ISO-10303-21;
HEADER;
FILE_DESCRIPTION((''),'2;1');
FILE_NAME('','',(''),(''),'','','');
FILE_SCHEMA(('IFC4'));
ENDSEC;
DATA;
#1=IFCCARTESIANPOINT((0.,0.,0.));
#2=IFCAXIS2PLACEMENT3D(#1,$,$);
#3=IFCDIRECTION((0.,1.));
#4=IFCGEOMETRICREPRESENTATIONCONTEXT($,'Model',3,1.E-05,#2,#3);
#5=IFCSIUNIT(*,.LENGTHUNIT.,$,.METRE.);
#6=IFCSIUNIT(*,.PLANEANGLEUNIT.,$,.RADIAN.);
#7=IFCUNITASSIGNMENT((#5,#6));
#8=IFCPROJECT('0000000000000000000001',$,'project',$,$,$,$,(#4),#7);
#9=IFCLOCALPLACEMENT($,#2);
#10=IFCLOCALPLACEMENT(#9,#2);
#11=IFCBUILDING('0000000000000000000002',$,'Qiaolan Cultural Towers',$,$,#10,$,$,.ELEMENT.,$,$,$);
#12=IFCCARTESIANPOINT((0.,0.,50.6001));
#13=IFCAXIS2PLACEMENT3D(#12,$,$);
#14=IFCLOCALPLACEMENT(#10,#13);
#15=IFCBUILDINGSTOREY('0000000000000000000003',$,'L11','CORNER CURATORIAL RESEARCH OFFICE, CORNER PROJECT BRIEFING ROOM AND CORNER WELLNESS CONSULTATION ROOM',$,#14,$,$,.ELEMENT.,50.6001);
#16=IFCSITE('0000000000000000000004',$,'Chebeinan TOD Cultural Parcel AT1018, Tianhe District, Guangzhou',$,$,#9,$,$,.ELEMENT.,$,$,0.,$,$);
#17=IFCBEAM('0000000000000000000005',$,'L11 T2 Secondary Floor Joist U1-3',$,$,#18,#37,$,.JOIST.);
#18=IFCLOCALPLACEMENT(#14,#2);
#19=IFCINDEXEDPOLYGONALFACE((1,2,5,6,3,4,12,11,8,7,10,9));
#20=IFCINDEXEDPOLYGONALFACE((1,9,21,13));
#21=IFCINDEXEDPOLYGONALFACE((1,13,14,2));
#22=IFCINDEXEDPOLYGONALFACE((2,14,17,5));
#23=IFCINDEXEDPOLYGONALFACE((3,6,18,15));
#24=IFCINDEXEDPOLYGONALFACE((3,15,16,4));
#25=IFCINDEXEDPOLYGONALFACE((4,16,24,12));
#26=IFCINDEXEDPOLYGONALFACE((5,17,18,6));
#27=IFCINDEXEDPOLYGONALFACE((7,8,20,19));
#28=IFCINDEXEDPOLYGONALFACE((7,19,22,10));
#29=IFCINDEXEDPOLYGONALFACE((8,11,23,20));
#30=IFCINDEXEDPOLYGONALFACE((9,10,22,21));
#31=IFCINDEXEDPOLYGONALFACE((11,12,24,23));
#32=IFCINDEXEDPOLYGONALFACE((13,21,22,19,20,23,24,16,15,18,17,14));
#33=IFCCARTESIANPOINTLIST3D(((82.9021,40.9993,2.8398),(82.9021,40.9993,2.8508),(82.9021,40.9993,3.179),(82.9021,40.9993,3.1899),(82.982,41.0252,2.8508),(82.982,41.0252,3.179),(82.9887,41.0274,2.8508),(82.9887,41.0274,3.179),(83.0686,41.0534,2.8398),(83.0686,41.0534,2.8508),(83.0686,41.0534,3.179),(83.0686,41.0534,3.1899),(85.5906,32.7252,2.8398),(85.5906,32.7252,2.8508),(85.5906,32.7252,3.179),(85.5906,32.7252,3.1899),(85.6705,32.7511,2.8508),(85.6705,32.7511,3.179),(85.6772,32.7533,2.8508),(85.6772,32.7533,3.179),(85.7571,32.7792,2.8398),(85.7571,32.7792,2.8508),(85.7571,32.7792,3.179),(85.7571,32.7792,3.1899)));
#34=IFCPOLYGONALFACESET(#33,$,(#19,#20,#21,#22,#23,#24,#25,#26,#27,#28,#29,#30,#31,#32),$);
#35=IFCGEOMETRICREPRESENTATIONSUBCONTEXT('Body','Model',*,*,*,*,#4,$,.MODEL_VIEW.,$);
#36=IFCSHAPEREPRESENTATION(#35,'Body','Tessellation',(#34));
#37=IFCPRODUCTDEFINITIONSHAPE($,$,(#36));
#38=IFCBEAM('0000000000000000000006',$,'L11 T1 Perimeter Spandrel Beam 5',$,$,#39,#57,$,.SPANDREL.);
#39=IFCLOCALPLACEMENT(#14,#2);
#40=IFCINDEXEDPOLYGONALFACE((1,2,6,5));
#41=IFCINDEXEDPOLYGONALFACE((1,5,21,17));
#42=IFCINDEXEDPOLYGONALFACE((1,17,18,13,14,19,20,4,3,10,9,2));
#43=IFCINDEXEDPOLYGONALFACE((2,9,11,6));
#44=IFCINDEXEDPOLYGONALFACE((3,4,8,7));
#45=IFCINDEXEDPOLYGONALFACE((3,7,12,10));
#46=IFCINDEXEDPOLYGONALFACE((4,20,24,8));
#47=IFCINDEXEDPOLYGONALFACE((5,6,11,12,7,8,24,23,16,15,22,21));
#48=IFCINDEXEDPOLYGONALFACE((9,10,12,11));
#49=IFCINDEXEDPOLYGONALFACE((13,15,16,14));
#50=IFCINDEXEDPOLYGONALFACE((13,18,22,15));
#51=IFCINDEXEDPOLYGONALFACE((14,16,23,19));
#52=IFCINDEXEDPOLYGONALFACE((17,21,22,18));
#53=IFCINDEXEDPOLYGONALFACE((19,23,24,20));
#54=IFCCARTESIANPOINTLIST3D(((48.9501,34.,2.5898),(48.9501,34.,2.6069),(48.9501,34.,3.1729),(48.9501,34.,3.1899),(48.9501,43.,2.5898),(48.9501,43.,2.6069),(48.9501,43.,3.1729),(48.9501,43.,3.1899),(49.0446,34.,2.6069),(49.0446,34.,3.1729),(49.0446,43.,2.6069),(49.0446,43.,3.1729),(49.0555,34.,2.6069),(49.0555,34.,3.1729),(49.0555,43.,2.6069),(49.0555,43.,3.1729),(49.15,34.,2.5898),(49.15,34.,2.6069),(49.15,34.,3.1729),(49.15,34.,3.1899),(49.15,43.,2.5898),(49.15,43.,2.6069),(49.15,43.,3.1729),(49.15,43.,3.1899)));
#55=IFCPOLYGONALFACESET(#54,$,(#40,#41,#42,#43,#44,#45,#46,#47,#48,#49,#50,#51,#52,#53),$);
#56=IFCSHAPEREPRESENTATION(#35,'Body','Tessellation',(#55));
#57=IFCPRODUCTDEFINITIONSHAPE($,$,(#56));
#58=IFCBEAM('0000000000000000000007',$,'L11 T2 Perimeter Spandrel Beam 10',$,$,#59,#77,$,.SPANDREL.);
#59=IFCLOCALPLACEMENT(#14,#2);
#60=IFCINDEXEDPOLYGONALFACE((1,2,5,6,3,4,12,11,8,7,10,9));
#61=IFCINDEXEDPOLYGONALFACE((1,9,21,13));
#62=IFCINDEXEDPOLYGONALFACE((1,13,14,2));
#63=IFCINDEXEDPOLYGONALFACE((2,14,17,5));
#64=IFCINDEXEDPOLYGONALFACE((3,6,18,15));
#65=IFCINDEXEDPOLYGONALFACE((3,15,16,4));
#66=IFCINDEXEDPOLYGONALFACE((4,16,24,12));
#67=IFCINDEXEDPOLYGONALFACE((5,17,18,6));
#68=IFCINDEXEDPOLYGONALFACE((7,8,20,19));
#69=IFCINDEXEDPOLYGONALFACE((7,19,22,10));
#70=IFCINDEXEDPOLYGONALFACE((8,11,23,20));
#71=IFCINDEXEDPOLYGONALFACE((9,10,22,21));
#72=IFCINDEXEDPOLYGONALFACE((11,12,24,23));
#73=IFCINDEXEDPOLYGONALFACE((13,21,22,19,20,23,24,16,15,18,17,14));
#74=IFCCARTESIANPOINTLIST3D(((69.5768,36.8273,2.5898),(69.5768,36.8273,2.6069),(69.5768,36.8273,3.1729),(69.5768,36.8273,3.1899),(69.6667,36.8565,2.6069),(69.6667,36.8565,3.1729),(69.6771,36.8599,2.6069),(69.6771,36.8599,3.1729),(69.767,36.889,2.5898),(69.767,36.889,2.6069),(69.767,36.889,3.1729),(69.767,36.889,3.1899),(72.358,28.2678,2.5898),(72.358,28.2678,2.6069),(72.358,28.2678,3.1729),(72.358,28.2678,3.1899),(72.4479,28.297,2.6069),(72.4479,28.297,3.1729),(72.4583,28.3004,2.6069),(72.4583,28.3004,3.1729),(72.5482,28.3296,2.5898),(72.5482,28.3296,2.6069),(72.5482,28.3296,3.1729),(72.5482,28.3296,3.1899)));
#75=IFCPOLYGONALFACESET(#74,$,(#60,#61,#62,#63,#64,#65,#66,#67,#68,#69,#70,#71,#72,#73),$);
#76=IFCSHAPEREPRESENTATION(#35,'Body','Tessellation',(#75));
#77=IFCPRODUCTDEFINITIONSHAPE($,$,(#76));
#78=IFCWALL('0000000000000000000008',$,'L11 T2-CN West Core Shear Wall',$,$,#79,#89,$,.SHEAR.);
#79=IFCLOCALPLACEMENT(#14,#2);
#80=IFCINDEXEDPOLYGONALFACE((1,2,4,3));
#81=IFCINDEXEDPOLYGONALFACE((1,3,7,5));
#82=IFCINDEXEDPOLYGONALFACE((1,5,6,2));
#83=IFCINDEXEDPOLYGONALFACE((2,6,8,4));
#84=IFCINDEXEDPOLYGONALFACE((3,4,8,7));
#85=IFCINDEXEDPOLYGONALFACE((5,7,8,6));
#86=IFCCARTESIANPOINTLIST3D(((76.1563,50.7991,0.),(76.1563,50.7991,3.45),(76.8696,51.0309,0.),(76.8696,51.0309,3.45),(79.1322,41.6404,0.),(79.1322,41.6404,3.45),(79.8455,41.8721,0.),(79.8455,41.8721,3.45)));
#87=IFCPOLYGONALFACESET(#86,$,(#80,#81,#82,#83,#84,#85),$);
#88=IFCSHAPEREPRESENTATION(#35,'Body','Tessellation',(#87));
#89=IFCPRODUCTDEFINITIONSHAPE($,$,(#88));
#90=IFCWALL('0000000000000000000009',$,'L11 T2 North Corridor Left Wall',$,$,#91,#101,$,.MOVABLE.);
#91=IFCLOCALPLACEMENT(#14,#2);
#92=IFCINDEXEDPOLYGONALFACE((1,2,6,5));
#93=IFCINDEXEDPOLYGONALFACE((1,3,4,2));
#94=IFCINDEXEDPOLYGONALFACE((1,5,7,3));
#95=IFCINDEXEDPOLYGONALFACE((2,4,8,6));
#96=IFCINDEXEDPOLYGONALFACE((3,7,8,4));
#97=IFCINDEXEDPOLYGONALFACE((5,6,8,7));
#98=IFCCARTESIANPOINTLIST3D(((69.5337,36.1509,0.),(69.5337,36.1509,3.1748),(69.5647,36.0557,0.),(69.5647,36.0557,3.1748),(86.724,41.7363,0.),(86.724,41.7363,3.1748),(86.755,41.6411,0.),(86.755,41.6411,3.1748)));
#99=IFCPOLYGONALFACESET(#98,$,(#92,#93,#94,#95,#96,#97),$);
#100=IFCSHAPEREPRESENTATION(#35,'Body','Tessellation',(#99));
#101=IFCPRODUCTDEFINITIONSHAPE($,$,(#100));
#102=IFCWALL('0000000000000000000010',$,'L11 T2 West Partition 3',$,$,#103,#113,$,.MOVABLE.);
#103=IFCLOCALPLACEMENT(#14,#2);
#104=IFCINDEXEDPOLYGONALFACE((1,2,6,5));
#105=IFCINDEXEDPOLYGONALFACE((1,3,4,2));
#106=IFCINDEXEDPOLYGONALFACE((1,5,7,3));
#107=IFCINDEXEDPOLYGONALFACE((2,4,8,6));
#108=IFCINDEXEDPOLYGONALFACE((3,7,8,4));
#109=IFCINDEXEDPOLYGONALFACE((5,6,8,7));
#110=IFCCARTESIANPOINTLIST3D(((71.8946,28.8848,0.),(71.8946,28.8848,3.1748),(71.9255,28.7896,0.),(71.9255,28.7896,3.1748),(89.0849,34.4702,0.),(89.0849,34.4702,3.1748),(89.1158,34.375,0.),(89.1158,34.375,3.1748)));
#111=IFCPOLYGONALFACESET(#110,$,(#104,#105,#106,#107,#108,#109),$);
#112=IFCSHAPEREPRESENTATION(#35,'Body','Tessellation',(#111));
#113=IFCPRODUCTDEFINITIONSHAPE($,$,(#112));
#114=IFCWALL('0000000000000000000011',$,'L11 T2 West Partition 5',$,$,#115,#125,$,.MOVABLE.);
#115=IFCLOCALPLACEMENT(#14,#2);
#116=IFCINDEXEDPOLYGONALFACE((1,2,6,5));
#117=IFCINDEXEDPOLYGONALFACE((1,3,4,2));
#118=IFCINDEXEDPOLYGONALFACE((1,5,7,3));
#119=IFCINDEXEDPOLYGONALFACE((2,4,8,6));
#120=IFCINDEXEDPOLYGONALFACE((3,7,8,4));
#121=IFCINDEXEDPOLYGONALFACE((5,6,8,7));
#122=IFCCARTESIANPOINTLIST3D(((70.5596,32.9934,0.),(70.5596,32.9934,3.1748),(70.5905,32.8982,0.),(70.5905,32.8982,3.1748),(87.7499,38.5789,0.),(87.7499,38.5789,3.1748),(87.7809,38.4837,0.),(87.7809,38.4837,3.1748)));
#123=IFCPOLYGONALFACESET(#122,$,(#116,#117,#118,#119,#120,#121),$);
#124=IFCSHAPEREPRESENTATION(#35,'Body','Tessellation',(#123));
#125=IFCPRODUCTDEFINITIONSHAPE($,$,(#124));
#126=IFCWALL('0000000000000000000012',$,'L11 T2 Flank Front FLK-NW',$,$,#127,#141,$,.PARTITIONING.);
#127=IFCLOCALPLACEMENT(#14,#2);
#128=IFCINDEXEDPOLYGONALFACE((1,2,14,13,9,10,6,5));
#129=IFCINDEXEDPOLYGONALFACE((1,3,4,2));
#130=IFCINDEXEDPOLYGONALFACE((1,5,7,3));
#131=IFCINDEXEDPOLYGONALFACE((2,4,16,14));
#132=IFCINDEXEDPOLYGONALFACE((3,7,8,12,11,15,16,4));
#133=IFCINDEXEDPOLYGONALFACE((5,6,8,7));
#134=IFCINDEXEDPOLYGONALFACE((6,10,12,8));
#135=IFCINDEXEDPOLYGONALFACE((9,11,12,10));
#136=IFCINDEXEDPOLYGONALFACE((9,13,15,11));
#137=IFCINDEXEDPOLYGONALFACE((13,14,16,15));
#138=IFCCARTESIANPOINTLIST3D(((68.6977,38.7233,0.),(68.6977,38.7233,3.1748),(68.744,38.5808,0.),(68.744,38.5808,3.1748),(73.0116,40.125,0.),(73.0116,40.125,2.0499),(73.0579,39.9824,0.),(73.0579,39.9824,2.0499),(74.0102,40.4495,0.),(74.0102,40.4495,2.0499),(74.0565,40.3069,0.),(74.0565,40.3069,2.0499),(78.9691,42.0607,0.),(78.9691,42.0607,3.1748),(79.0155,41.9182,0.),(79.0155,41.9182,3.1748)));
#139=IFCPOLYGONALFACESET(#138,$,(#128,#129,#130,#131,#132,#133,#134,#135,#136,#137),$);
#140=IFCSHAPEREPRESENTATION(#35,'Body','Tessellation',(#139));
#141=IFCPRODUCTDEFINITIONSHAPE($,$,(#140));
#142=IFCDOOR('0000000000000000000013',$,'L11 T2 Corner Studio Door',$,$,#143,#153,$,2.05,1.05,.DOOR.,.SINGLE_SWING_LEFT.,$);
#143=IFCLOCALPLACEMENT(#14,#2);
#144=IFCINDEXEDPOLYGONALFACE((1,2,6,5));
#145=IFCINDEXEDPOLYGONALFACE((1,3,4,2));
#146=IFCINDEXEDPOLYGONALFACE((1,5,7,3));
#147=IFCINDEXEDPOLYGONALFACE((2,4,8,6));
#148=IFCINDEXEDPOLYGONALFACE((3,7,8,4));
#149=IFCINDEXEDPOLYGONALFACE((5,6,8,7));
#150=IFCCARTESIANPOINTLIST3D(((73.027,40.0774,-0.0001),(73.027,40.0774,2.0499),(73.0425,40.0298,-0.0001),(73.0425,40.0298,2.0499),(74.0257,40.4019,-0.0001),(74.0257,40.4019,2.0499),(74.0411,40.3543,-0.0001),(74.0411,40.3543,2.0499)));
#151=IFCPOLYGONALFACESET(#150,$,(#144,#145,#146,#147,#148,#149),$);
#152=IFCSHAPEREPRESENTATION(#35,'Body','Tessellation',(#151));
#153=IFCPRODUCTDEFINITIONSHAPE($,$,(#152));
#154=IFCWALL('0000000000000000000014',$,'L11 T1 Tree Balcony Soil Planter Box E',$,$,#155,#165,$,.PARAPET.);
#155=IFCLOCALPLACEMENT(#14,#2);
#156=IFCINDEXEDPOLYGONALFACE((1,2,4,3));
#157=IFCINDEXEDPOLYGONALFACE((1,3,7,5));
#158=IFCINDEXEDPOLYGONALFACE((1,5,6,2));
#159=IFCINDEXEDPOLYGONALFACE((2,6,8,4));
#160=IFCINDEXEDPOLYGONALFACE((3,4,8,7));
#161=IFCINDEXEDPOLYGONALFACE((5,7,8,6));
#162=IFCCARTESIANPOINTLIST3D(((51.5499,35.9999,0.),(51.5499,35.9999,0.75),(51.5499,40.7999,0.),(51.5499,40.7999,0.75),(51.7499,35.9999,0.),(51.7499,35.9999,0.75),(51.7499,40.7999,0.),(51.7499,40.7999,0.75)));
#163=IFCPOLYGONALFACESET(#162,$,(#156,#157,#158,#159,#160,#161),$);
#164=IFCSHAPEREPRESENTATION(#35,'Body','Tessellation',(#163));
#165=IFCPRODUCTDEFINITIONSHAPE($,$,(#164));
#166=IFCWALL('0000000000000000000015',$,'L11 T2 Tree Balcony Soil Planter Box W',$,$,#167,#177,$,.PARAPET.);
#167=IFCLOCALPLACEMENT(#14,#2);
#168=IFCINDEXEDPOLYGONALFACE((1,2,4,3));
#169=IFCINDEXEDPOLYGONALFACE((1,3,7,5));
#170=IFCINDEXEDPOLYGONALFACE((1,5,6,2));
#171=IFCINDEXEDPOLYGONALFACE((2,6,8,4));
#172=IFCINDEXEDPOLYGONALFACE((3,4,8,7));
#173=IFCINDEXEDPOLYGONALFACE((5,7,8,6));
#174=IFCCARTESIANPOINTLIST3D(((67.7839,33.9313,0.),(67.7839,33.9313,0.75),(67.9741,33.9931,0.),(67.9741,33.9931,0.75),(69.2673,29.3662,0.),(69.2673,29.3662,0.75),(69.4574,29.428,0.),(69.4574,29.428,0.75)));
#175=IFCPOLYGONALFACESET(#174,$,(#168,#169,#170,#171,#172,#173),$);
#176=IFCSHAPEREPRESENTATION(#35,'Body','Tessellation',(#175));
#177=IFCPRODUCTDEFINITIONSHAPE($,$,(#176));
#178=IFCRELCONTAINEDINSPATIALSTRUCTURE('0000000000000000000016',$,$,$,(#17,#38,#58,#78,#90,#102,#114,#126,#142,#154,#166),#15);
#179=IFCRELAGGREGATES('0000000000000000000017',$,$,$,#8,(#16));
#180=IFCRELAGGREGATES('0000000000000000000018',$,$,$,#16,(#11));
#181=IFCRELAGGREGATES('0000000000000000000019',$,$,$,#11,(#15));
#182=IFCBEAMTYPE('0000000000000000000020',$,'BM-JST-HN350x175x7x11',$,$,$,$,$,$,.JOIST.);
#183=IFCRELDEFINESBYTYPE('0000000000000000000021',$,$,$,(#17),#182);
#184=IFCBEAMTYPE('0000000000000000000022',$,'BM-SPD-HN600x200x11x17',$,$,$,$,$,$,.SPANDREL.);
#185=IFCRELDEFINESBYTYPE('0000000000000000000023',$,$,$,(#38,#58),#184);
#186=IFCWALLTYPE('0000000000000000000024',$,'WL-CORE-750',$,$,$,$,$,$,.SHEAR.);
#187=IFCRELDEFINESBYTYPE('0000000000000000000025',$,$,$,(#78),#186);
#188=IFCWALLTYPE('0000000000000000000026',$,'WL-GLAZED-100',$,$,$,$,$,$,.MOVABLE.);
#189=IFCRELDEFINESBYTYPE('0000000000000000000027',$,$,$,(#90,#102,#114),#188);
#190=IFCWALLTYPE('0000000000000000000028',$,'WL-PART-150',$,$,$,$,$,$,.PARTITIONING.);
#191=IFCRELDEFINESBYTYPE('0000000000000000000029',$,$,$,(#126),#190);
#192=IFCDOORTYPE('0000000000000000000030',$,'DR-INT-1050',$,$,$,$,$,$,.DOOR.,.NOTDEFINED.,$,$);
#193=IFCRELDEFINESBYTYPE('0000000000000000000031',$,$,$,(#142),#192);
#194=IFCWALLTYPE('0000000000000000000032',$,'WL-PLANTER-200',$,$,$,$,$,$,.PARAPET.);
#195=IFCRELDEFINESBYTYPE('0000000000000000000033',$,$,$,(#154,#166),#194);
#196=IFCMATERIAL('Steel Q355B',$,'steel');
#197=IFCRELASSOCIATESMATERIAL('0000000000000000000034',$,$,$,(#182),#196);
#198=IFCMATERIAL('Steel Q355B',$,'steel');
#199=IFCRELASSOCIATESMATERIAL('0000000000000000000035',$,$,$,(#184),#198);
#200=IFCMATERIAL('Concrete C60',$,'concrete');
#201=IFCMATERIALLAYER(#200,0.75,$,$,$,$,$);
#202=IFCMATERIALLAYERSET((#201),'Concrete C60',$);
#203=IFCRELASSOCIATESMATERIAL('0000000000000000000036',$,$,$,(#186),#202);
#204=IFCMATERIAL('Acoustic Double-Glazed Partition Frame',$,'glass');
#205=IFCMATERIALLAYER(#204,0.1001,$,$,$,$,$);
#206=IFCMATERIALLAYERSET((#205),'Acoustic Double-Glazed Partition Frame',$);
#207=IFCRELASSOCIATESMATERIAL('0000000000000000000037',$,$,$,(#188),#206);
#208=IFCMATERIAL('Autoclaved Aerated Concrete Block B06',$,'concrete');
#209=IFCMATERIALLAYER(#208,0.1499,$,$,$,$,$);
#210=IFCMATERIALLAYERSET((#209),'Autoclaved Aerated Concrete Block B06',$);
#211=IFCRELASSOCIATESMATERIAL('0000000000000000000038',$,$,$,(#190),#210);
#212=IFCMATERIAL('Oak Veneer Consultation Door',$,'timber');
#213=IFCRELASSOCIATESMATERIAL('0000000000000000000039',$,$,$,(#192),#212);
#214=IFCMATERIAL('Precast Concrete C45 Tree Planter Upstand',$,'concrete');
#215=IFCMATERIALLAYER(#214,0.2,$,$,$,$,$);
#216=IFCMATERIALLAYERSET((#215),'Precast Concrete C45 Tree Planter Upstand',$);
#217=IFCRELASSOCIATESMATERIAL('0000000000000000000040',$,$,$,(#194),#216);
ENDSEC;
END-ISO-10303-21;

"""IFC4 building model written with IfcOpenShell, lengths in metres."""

from ifc_helpers import new_model, si_unit, direction, frame, frame_2d, origin, origin_2d, place, context, subcontext, project, spatial, rectangle, i_section, extrude, material, layer, layer_set, material_profile, profile_set, type_object, element, fill, save


model = new_model("IFC4")

# Units and contexts
model_context = context("Model", 3, precision=1e-05, world=origin(), true_north=direction((0.0, 1.0)))
body_context = subcontext(model_context, "Body", "Model", "MODEL_VIEW")
ifc_project = project(units=[si_unit("LENGTHUNIT", "METRE"), si_unit("PLANEANGLEUNIT", "RADIAN")], contexts=[model_context])

# Site, building, storey
site_placement = place(None, origin())
site = spatial("IfcSite", under=ifc_project, at=site_placement, Name="Chebeinan TOD Cultural Parcel AT1018, Tianhe District, Guangzhou", CompositionType="ELEMENT", RefElevation=0.0)
building_placement = place(site_placement, origin())
building = spatial("IfcBuilding", under=site, at=building_placement, Name="Qiaolan Cultural Towers", CompositionType="ELEMENT")
storey_placement = place(building_placement, frame((0.0, 0.0, 50.6001)))
storey = spatial("IfcBuildingStorey", under=building, at=storey_placement, Name="L11", Description="CORNER CURATORIAL RESEARCH OFFICE, CORNER PROJECT BRIEFING ROOM AND CORNER WELLNESS CONSULTATION ROOM", CompositionType="ELEMENT", Elevation=50.6001)

# Beams
ifc_material_1 = material(Name="Steel Q355B", Category="steel")
ifc_material_profile_1 = material_profile(ifc_material_1, i_section(OverallWidth=0.175, OverallDepth=0.3501, WebThickness=0.0071, FlangeThickness=0.011, at=origin_2d()), Name="HN350x175x7x11")
ifc_profile_set_1 = profile_set([ifc_material_profile_1], Name="Steel Q355B")
beam_type_1 = type_object("IfcBeamType", Name="BM-JST-HN350x175x7x11", PredefinedType="JOIST", material=ifc_profile_set_1)
beam_1_placement = place(storey_placement, frame((85.6738, 32.7522, 3.0149), z_axis=(-0.309021, 0.951055, 0.0), x_axis=(-0.951055, -0.309021, 0.0)))
element("IfcBeam", 1, at=beam_1_placement, inside=storey, type_object=beam_type_1, Name="L11 T2 Secondary Floor Joist U1-3", PredefinedType="JOIST", context=body_context, shape_type="SweptSolid", body=[
    extrude(i_section(OverallWidth=0.175, OverallDepth=0.3501, WebThickness=0.0071, FlangeThickness=0.011, at=origin_2d()), origin(), (0.0, 0.0, 1.0), 8.7),
])
ifc_material_2 = material(Name="Steel Q355B", Category="steel")
ifc_material_profile_2 = material_profile(ifc_material_2, i_section(OverallWidth=0.2, OverallDepth=0.6001, WebThickness=0.011, FlangeThickness=0.0171, at=origin_2d()), Name="HN600x200x11x17")
ifc_profile_set_2 = profile_set([ifc_material_profile_2], Name="Steel Q355B")
beam_type_2 = type_object("IfcBeamType", Name="BM-SPD-HN600x200x11x17", PredefinedType="SPANDREL", material=ifc_profile_set_2)
for number, where, z_axis, x_axis, name in (
    (2, (49.05, 34.0, 2.8899), (0.0, 1.0, 0.0), (-1.0, 0.0, 0.0), "L11 T1 Perimeter Spandrel Beam 5"),
    (3, (69.6719, 36.8582, 2.8899), (0.309025, -0.951054, 0.0), (0.951054, 0.309025, 0.0), "L11 T2 Perimeter Spandrel Beam 10"),
):
    element("IfcBeam", number, at=place(storey_placement, frame(where, z_axis=z_axis, x_axis=x_axis)), inside=storey, type_object=beam_type_2, Name=name, PredefinedType="SPANDREL", context=body_context, shape_type="SweptSolid", body=[
        extrude(i_section(OverallWidth=0.2, OverallDepth=0.6001, WebThickness=0.011, FlangeThickness=0.0171, at=origin_2d()), origin(), (0.0, 0.0, 1.0), 9.0),
    ])

# Walls
ifc_material_3 = material(Name="Concrete C60", Category="concrete")
ifc_layer_1 = layer(ifc_material_3, 0.75)
ifc_layer_set_1 = layer_set([ifc_layer_1], Name="Concrete C60")
wall_type_1 = type_object("IfcWallType", Name="WL-CORE-750", PredefinedType="SHEAR", material=ifc_layer_set_1)
wall_1_placement = place(storey_placement, frame((79.4888, 41.7563, 0.0), z_axis=(0.0, 0.0, 1.0), x_axis=(-0.309016, 0.951057, 0.0)))
element("IfcWall", 4, at=wall_1_placement, inside=storey, type_object=wall_type_1, Name="L11 T2-CN West Core Shear Wall", PredefinedType="SHEAR", context=body_context, shape_type="SweptSolid", body=[
    extrude(rectangle(XDim=9.6301, YDim=0.75, at=frame_2d((4.8149, 0.0))), origin(), (0.0, 0.0, 1.0), 3.45),
])
ifc_material_4 = material(Name="Acoustic Double-Glazed Partition Frame", Category="glass")
ifc_layer_2 = layer(ifc_material_4, 0.1001)
ifc_layer_set_2 = layer_set([ifc_layer_2], Name="Acoustic Double-Glazed Partition Frame")
wall_type_2 = type_object("IfcWallType", Name="WL-GLAZED-100", PredefinedType="MOVABLE", material=ifc_layer_set_2)
for number, where, z_axis, x_axis, name in (
    (5, (69.5491, 36.1033, 0.0), (0.0, 0.0, 1.0), (0.951057, 0.309014, 0.0), "L11 T2 North Corridor Left Wall"),
    (6, (71.9099, 28.8372, 0.0), (0.0, 0.0, 1.0), (0.951057, 0.309014, 0.0), "L11 T2 West Partition 3"),
    (7, (70.575, 32.9458, 0.0), (0.0, 0.0, 1.0), (0.951057, 0.309014, 0.0), "L11 T2 West Partition 5"),
):
    element("IfcWall", number, at=place(storey_placement, frame(where, z_axis=z_axis, x_axis=x_axis)), inside=storey, type_object=wall_type_2, Name=name, PredefinedType="MOVABLE", context=body_context, shape_type="SweptSolid", body=[
        extrude(rectangle(XDim=18.075, YDim=0.1001, at=frame_2d((9.0376, 0.0))), origin(), (0.0, 0.0, 1.0), 3.1748),
    ])

# Wall, opening, door
ifc_material_5 = material(Name="Autoclaved Aerated Concrete Block B06", Category="concrete")
ifc_layer_3 = layer(ifc_material_5, 0.1499)
ifc_layer_set_3 = layer_set([ifc_layer_3], Name="Autoclaved Aerated Concrete Block B06")
wall_type_3 = type_object("IfcWallType", Name="WL-PART-150", PredefinedType="PARTITIONING", material=ifc_layer_set_3)
wall_2_placement = place(storey_placement, frame((68.7209, 38.6521, 0.0), z_axis=(0.0, 0.0, 1.0), x_axis=(0.951057, 0.309017, 0.0)))
wall_2 = element("IfcWall", 8, at=wall_2_placement, inside=storey, type_object=wall_type_3, Name="L11 T2 Flank Front FLK-NW", PredefinedType="PARTITIONING", context=body_context, shape_type="SweptSolid", body=[
    extrude(rectangle(XDim=10.8, YDim=0.1499, at=frame_2d((5.3999, 0.0))), origin(), (0.0, 0.0, 1.0), 3.1748),
])
opening_placement = place(wall_2_placement, frame((4.5359, 0.0, 0.0)))
opening = element("IfcOpeningElement", 9, at=opening_placement, cuts=wall_2, PredefinedType="OPENING", context=body_context, shape_type="SweptSolid", body=[
    extrude(rectangle(XDim=1.05, YDim=2.05, at=frame_2d((0.5249, 1.0249))), frame((0.0, 0.085, 0.0), z_axis=(0.0, -1.0, 0.0), x_axis=(1.0, 0.0, 0.0)), (0.0, 0.0, 1.0), 0.1699),
])
ifc_material_6 = material(Name="Oak Veneer Consultation Door", Category="timber")
door_type = type_object("IfcDoorType", Name="DR-INT-1050", OperationType="NOTDEFINED", PredefinedType="DOOR", material=ifc_material_6)
door_placement = place(opening_placement, origin())
door = element("IfcDoor", 10, at=door_placement, inside=storey, type_object=door_type, Name="L11 T2 Corner Studio Door", OperationType="SINGLE_SWING_LEFT", OverallHeight=2.05, OverallWidth=1.05, PredefinedType="DOOR", context=body_context, shape_type="SweptSolid", body=[
    extrude(rectangle(XDim=1.05, YDim=2.05, at=frame_2d((0.5249, 1.0249))), frame((0.0, 0.0249, 0.0), z_axis=(0.0, -1.0, 0.0), x_axis=(1.0, 0.0, 0.0)), (0.0, 0.0, 1.0), 0.05),
])
fill(opening, door)

# Walls
ifc_material_7 = material(Name="Precast Concrete C45 Tree Planter Upstand", Category="concrete")
ifc_layer_4 = layer(ifc_material_7, 0.2)
ifc_layer_set_4 = layer_set([ifc_layer_4], Name="Precast Concrete C45 Tree Planter Upstand")
wall_type_4 = type_object("IfcWallType", Name="WL-PLANTER-200", PredefinedType="PARAPET", material=ifc_layer_set_4)
for number, where, z_axis, x_axis, name in (
    (11, (51.6499, 36.0, 0.0), (0.0, 0.0, 1.0), (0.0, 1.0, 0.0), "L11 T1 Tree Balcony Soil Planter Box E"),
    (12, (69.3623, 29.3972, 0.0), (0.0, 0.0, 1.0), (-0.309032, 0.951052, 0.0), "L11 T2 Tree Balcony Soil Planter Box W"),
):
    element("IfcWall", number, at=place(storey_placement, frame(where, z_axis=z_axis, x_axis=x_axis)), inside=storey, type_object=wall_type_4, Name=name, PredefinedType="PARAPET", context=body_context, shape_type="SweptSolid", body=[
        extrude(rectangle(XDim=4.8, YDim=0.2, at=frame_2d((2.3999, 0.0))), origin(), (0.0, 0.0, 1.0), 0.75),
    ])

save(model, "model.ifc")
